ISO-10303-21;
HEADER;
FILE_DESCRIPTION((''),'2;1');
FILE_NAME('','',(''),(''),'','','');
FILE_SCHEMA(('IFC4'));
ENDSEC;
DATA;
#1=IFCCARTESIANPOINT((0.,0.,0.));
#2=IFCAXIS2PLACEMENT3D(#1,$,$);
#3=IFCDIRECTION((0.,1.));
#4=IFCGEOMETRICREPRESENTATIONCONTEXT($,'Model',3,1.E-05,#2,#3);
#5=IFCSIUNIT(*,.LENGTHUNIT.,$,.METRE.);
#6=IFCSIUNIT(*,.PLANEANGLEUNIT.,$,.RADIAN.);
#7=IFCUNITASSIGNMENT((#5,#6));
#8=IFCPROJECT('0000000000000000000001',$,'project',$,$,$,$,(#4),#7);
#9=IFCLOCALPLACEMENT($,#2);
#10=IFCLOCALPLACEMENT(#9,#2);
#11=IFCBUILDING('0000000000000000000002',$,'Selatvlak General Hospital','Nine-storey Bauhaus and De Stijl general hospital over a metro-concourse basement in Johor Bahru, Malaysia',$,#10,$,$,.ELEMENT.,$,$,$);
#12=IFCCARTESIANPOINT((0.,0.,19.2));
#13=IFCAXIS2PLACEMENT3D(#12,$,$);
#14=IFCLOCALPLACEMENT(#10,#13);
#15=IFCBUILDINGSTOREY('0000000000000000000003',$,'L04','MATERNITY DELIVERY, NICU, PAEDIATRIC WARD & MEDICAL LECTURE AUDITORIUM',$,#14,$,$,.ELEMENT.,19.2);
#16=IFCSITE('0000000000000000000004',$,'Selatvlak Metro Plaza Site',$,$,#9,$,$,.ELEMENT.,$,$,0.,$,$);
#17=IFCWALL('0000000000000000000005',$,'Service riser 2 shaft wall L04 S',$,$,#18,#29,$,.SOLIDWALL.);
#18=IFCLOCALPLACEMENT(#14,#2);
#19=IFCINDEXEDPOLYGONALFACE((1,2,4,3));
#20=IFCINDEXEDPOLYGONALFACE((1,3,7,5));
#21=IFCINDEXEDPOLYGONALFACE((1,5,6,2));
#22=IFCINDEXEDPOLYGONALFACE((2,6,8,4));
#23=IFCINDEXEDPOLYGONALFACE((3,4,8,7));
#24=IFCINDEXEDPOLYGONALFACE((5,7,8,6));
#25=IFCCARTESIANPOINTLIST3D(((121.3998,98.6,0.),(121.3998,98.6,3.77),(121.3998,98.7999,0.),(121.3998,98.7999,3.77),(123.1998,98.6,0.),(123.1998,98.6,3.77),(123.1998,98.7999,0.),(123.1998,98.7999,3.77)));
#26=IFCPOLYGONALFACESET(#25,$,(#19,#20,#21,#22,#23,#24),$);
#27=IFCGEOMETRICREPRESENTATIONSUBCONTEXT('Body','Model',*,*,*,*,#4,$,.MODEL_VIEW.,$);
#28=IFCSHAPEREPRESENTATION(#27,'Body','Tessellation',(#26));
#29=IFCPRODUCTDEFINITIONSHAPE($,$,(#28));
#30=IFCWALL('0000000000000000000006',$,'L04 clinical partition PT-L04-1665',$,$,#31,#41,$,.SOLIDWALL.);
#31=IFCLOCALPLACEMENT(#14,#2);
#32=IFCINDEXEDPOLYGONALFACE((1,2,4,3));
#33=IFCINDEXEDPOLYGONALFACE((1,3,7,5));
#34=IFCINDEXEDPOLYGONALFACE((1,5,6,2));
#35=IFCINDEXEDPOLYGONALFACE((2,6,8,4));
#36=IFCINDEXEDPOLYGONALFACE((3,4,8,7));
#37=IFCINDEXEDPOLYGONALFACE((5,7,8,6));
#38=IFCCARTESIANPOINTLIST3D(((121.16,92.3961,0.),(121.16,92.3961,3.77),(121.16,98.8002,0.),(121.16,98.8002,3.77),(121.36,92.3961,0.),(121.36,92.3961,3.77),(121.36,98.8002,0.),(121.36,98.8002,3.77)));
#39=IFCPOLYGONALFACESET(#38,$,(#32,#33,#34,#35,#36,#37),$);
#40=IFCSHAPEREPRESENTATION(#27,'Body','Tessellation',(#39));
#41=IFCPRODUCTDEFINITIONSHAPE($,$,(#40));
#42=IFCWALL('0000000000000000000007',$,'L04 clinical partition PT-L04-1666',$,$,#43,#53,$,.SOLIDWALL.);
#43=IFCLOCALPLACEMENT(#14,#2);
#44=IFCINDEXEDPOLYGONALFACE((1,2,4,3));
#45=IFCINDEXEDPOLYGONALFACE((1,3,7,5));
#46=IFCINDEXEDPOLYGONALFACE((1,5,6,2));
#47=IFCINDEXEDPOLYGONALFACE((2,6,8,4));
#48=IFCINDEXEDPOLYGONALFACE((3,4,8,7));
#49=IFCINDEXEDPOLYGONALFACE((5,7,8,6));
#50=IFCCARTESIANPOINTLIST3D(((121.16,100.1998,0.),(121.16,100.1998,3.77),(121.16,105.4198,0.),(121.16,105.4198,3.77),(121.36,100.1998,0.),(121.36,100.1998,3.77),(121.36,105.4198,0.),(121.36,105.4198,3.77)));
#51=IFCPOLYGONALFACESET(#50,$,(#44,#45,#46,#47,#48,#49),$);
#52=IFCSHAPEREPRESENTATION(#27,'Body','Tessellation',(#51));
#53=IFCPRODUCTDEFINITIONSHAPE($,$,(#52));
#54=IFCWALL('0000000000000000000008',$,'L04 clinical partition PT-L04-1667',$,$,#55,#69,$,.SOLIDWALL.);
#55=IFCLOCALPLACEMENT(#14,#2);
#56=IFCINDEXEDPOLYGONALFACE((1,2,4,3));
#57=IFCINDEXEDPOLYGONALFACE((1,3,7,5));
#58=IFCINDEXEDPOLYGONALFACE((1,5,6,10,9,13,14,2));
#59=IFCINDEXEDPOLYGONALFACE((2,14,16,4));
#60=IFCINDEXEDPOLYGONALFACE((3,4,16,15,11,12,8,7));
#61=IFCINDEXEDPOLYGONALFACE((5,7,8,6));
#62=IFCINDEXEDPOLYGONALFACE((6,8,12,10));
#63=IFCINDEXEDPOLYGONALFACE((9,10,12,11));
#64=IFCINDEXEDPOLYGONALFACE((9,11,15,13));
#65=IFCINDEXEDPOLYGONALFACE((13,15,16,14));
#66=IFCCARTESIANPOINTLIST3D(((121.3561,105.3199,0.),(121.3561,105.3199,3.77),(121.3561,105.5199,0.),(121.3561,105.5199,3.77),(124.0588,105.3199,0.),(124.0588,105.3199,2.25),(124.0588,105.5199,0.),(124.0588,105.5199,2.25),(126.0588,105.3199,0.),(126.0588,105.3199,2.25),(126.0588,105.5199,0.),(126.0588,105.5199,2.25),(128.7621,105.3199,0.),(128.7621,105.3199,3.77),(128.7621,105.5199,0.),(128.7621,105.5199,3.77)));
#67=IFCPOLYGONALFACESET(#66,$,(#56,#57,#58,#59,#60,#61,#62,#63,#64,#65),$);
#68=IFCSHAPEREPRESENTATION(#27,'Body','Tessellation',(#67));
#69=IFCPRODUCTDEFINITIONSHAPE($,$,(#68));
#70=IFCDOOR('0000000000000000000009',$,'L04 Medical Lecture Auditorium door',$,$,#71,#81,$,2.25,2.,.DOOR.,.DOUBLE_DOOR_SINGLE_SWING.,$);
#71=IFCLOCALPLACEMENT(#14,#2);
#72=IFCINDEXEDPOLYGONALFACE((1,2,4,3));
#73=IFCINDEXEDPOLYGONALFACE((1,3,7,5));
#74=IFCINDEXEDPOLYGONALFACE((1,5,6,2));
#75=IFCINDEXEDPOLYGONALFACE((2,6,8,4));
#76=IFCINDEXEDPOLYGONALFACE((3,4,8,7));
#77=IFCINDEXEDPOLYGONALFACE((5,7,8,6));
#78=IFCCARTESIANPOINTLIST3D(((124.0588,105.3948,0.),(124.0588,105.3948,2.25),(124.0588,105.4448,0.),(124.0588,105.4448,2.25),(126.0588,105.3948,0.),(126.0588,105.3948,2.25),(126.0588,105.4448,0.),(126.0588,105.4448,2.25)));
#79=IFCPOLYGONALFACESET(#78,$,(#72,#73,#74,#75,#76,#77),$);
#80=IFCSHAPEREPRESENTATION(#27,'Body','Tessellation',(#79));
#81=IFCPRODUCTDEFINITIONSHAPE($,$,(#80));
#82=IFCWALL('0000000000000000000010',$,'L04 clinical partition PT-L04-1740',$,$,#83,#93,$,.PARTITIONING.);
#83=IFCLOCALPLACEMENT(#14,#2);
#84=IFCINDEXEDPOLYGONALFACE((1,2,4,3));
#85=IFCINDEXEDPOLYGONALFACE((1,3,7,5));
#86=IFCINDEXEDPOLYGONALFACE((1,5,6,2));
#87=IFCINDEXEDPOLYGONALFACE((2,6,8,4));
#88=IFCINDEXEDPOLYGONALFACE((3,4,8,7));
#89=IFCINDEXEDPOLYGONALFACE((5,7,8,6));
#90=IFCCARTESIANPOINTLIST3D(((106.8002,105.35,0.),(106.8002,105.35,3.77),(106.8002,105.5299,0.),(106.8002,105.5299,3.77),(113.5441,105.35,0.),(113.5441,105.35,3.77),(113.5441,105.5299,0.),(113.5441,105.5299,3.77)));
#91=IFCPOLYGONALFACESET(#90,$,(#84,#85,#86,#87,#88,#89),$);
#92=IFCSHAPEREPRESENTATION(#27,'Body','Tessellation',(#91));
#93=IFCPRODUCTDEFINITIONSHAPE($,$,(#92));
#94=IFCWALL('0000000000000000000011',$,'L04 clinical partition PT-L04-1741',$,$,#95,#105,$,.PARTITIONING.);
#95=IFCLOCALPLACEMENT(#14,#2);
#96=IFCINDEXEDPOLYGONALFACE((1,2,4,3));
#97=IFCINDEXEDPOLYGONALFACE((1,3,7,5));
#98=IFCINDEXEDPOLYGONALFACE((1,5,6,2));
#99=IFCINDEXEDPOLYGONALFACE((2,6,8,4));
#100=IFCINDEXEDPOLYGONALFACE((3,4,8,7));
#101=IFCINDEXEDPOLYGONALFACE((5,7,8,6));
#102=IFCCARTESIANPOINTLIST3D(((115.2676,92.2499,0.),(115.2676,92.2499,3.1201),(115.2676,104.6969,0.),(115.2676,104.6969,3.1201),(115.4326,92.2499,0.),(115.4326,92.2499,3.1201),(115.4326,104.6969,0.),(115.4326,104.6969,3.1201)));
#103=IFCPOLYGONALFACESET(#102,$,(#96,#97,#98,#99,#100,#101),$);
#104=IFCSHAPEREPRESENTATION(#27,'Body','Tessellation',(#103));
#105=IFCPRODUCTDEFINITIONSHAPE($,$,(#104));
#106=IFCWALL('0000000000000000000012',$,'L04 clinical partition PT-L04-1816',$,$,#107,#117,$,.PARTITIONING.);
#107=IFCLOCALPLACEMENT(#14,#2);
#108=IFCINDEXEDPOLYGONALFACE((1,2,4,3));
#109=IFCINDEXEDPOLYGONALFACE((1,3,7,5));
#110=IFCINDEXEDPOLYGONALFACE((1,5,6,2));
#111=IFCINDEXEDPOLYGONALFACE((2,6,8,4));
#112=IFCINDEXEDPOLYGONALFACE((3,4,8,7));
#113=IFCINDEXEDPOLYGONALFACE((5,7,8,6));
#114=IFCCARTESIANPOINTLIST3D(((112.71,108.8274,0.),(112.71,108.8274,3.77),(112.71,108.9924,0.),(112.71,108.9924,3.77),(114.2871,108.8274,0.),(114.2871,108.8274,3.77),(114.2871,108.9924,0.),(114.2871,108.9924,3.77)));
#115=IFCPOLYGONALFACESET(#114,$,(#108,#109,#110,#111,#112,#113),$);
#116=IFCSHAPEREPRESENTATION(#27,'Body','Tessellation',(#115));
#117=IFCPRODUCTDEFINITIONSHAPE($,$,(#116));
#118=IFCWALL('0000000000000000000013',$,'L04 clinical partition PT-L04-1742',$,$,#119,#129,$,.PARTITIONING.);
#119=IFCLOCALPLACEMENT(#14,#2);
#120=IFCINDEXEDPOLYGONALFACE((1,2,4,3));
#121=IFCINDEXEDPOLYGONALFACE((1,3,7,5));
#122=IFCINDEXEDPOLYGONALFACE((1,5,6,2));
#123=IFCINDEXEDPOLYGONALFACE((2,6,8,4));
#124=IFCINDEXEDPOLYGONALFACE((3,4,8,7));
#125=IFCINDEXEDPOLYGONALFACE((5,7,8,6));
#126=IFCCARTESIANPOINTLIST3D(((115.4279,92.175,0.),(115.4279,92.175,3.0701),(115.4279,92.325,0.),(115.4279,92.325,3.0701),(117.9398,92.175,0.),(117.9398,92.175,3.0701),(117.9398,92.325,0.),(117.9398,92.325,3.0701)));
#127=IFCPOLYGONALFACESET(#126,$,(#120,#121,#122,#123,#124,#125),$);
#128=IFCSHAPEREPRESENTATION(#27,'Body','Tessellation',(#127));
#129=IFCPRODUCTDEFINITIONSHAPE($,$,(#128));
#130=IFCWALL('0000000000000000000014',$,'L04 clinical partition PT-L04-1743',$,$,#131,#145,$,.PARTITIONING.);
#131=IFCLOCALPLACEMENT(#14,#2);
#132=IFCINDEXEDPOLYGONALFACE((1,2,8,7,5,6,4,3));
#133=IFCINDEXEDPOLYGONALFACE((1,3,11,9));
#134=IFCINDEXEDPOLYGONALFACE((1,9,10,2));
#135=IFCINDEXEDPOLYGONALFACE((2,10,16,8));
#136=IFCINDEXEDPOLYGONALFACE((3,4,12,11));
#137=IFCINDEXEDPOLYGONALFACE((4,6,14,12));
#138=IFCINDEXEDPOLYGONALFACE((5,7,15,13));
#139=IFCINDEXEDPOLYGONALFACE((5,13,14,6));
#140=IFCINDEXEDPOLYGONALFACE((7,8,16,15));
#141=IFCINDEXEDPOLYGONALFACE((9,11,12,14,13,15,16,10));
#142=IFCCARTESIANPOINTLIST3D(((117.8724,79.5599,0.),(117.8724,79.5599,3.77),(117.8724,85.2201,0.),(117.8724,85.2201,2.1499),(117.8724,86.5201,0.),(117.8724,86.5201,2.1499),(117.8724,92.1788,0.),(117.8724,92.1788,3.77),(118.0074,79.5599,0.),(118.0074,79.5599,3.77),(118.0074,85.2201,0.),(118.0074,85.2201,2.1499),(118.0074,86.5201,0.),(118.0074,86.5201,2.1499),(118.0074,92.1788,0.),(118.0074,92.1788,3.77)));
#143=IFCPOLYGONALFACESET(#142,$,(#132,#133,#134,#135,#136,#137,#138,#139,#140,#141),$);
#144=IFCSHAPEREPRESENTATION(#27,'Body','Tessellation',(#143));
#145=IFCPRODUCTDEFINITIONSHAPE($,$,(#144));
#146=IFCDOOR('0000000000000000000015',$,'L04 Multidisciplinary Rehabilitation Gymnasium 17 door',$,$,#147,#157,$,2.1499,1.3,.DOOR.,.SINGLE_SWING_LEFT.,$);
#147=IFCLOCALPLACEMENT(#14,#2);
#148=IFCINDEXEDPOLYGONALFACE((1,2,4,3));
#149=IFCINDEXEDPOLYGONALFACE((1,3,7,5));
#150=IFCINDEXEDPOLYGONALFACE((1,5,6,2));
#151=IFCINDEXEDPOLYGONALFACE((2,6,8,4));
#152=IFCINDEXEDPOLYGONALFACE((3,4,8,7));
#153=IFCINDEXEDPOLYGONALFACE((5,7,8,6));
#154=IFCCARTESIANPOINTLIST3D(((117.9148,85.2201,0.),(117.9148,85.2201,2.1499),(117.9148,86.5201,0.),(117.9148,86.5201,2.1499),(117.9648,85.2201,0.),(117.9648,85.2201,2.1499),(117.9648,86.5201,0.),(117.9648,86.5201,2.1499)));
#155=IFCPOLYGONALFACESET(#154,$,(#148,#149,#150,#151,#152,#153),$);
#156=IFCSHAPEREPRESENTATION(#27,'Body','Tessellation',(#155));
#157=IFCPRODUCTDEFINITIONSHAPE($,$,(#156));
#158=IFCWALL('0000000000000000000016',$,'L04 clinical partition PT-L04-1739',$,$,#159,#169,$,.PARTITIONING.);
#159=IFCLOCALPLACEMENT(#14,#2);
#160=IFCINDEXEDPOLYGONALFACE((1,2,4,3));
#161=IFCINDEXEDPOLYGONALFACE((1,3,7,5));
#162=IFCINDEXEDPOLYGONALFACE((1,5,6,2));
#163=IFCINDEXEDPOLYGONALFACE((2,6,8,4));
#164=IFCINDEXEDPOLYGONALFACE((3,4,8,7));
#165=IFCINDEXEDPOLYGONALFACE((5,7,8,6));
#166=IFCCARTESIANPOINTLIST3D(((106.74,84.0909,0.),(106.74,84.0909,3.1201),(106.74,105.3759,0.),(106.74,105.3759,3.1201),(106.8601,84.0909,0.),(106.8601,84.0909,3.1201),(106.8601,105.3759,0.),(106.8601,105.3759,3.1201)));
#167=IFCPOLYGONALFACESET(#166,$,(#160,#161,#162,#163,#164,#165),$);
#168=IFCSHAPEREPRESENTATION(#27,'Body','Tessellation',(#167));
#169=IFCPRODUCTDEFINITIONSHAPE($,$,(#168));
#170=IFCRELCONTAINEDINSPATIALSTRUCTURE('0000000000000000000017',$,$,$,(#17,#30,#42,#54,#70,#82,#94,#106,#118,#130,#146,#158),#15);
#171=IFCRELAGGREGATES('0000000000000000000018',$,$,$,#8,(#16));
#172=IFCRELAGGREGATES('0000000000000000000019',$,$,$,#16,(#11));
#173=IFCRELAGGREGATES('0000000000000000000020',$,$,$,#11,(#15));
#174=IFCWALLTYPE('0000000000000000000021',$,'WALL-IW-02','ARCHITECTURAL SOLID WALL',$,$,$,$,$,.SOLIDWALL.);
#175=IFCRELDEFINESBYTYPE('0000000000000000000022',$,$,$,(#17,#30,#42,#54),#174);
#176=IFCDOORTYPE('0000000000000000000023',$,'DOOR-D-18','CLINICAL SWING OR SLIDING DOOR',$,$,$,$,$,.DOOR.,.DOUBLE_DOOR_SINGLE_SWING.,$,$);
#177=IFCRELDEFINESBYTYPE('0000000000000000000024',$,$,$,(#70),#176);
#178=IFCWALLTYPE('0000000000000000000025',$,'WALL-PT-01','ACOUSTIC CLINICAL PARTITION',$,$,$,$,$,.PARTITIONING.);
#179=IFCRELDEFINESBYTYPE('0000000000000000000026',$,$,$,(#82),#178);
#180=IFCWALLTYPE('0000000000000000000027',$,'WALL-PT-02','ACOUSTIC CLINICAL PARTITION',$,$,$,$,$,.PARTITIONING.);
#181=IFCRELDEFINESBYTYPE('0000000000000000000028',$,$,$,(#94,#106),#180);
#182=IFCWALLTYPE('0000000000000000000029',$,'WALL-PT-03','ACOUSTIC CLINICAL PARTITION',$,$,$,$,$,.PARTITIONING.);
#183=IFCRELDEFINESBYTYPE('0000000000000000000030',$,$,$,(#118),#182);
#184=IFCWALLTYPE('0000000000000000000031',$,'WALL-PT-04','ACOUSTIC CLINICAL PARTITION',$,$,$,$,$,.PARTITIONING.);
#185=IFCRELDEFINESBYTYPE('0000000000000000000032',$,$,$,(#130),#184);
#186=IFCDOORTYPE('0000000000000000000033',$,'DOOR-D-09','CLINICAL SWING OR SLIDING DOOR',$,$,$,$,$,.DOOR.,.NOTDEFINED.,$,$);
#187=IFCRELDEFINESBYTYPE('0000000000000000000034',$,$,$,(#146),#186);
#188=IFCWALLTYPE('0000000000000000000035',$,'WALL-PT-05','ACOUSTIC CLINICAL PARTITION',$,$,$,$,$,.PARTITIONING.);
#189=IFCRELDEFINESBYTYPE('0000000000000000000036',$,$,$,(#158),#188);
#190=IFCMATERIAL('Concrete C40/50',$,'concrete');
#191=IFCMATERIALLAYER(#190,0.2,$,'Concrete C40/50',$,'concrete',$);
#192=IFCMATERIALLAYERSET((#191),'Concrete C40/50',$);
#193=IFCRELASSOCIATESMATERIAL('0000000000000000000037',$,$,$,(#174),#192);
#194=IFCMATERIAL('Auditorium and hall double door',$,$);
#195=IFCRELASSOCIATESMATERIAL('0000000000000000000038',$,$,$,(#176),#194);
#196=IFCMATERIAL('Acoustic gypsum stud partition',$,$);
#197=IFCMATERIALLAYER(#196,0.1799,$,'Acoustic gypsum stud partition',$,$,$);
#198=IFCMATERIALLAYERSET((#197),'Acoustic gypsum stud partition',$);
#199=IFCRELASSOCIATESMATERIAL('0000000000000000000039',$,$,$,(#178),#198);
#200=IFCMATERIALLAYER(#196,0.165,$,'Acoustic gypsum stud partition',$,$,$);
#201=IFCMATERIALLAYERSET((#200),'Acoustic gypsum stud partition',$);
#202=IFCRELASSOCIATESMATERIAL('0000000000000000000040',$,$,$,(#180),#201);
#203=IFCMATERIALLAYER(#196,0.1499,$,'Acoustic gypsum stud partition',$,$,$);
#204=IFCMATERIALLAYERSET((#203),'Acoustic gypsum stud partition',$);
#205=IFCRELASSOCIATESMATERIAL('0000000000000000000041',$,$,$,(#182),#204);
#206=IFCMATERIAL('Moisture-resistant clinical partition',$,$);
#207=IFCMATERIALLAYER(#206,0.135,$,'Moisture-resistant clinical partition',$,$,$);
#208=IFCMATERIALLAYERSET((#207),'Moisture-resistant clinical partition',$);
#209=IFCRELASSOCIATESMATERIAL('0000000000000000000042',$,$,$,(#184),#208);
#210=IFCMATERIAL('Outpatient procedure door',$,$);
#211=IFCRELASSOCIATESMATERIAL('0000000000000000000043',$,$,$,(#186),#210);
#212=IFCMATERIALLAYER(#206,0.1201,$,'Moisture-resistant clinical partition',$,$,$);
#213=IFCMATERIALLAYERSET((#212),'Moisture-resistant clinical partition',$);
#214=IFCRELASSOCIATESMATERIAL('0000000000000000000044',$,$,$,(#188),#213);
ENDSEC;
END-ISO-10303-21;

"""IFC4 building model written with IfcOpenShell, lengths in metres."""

from ifc_helpers import new_model, si_unit, direction, frame, frame_2d, origin, place, context, subcontext, project, spatial, rectangle, extrude, material, layer, layer_set, type_object, element, fill, save


model = new_model("IFC4")

# Units and contexts
model_context = context("Model", 3, precision=1e-05, world=origin(), true_north=direction((0.0, 1.0)))
body_context = subcontext(model_context, "Body", "Model", "MODEL_VIEW")
ifc_project = project(units=[si_unit("LENGTHUNIT", "METRE"), si_unit("PLANEANGLEUNIT", "RADIAN")], contexts=[model_context])

# Site, building, storey
site_placement = place(None, origin())
site = spatial("IfcSite", under=ifc_project, at=site_placement, Name="Selatvlak Metro Plaza Site", CompositionType="ELEMENT", RefElevation=0.0)
building_placement = place(site_placement, origin())
building = spatial("IfcBuilding", under=site, at=building_placement, Name="Selatvlak General Hospital", Description="Nine-storey Bauhaus and De Stijl general hospital over a metro-concourse basement in Johor Bahru, Malaysia", CompositionType="ELEMENT")
storey_placement = place(building_placement, frame((0.0, 0.0, 19.2)))
storey = spatial("IfcBuildingStorey", under=building, at=storey_placement, Name="L04", Description="MATERNITY DELIVERY, NICU, PAEDIATRIC WARD & MEDICAL LECTURE AUDITORIUM", CompositionType="ELEMENT", Elevation=19.2)

# Shared definitions
ifc_material_1 = material(Name="Concrete C40/50", Category="concrete")

# Walls
ifc_layer_1 = layer(ifc_material_1, 0.2, Name="Concrete C40/50", Category="concrete")
ifc_layer_set_1 = layer_set([ifc_layer_1], Name="Concrete C40/50")
wall_type_1 = type_object("IfcWallType", Name="WALL-IW-02", Description="ARCHITECTURAL SOLID WALL", PredefinedType="SOLIDWALL", material=ifc_layer_set_1)
wall_1_placement = place(storey_placement, frame((121.3999, 98.7, 0.0), z_axis=(0.0, 0.0, 1.0), x_axis=(1.0, 0.0, 0.0)))
element("IfcWall", 1, at=wall_1_placement, inside=storey, type_object=wall_type_1, Name="Service riser 2 shaft wall L04 S", PredefinedType="SOLIDWALL", context=body_context, shape_type="SweptSolid", body=[
    extrude(rectangle(XDim=1.8, YDim=0.2, at=frame_2d((0.8999, 0.0))), origin(), (0.0, 0.0, 1.0), 3.77),
])
wall_2_placement = place(storey_placement, frame((121.26, 92.396, 0.0), z_axis=(0.0, 0.0, 1.0), x_axis=(0.0, 1.0, 0.0)))
element("IfcWall", 2, at=wall_2_placement, inside=storey, type_object=wall_type_1, Name="L04 clinical partition PT-L04-1665", PredefinedType="SOLIDWALL", context=body_context, shape_type="SweptSolid", body=[
    extrude(rectangle(XDim=6.4041, YDim=0.2, at=frame_2d((3.2021, 0.0))), origin(), (0.0, 0.0, 1.0), 3.77),
])
wall_3_placement = place(storey_placement, frame((121.26, 100.2, 0.0), z_axis=(0.0, 0.0, 1.0), x_axis=(0.0, 1.0, 0.0)))
element("IfcWall", 3, at=wall_3_placement, inside=storey, type_object=wall_type_1, Name="L04 clinical partition PT-L04-1666", PredefinedType="SOLIDWALL", context=body_context, shape_type="SweptSolid", body=[
    extrude(rectangle(XDim=5.22, YDim=0.2, at=frame_2d((2.6099, 0.0))), origin(), (0.0, 0.0, 1.0), 3.77),
])

# Wall, opening, door
wall_4_placement = place(storey_placement, frame((121.356, 105.4199, 0.0), z_axis=(0.0, 0.0, 1.0), x_axis=(1.0, 0.0, 0.0)))
wall_4 = element("IfcWall", 4, at=wall_4_placement, inside=storey, type_object=wall_type_1, Name="L04 clinical partition PT-L04-1667", PredefinedType="SOLIDWALL", context=body_context, shape_type="SweptSolid", body=[
    extrude(rectangle(XDim=7.406, YDim=0.2, at=frame_2d((3.7031, 0.0))), origin(), (0.0, 0.0, 1.0), 3.77),
])
opening_1_placement = place(wall_4_placement, frame((2.7029, 0.0, 0.0)))
opening_1 = element("IfcOpeningElement", 5, at=opening_1_placement, cuts=wall_4, PredefinedType="OPENING", context=body_context, shape_type="SweptSolid", body=[
    extrude(rectangle(XDim=2.0, YDim=2.25, at=frame_2d((1.0, 1.125))), frame((0.0, 0.1099, 0.0), z_axis=(0.0, -1.0, 0.0), x_axis=(1.0, 0.0, 0.0)), (0.0, 0.0, 1.0), 0.22),
])
ifc_material_2 = material(Name="Auditorium and hall double door")
door_type_1 = type_object("IfcDoorType", Name="DOOR-D-18", Description="CLINICAL SWING OR SLIDING DOOR", OperationType="DOUBLE_DOOR_SINGLE_SWING", PredefinedType="DOOR", material=ifc_material_2)
door_1_placement = place(opening_1_placement, origin())
door_1 = element("IfcDoor", 6, at=door_1_placement, inside=storey, type_object=door_type_1, Name="L04 Medical Lecture Auditorium door", OperationType="DOUBLE_DOOR_SINGLE_SWING", OverallHeight=2.25, OverallWidth=2.0, PredefinedType="DOOR", context=body_context, shape_type="SweptSolid", body=[
    extrude(rectangle(XDim=2.0, YDim=2.25, at=frame_2d((1.0, 1.125))), frame((0.0, 0.0249, 0.0), z_axis=(0.0, -1.0, 0.0), x_axis=(1.0, 0.0, 0.0)), (0.0, 0.0, 1.0), 0.05),
])
fill(opening_1, door_1)

# Walls
ifc_material_3 = material(Name="Acoustic gypsum stud partition")
ifc_layer_2 = layer(ifc_material_3, 0.1799, Name="Acoustic gypsum stud partition")
ifc_layer_set_2 = layer_set([ifc_layer_2], Name="Acoustic gypsum stud partition")
wall_type_2 = type_object("IfcWallType", Name="WALL-PT-01", Description="ACOUSTIC CLINICAL PARTITION", PredefinedType="PARTITIONING", material=ifc_layer_set_2)
wall_5_placement = place(storey_placement, frame((106.8, 105.4399, 0.0), z_axis=(0.0, 0.0, 1.0), x_axis=(1.0, 0.0, 0.0)))
element("IfcWall", 7, at=wall_5_placement, inside=storey, type_object=wall_type_2, Name="L04 clinical partition PT-L04-1740", PredefinedType="PARTITIONING", context=body_context, shape_type="SweptSolid", body=[
    extrude(rectangle(XDim=6.7439, YDim=0.1799, at=frame_2d((3.3721, 0.0))), origin(), (0.0, 0.0, 1.0), 3.77),
])
ifc_layer_3 = layer(ifc_material_3, 0.165, Name="Acoustic gypsum stud partition")
ifc_layer_set_3 = layer_set([ifc_layer_3], Name="Acoustic gypsum stud partition")
wall_type_3 = type_object("IfcWallType", Name="WALL-PT-02", Description="ACOUSTIC CLINICAL PARTITION", PredefinedType="PARTITIONING", material=ifc_layer_set_3)
wall_6_placement = place(storey_placement, frame((115.3501, 104.697, 0.0), z_axis=(0.0, 0.0, 1.0), x_axis=(0.0, -1.0, 0.0)))
element("IfcWall", 8, at=wall_6_placement, inside=storey, type_object=wall_type_3, Name="L04 clinical partition PT-L04-1741", PredefinedType="PARTITIONING", context=body_context, shape_type="SweptSolid", body=[
    extrude(rectangle(XDim=12.447, YDim=0.165, at=frame_2d((6.2236, 0.0))), origin(), (0.0, 0.0, 1.0), 3.1201),
])
wall_7_placement = place(storey_placement, frame((114.2871, 108.9099, 0.0), z_axis=(0.0, 0.0, 1.0), x_axis=(-1.0, 0.0, 0.0)))
element("IfcWall", 9, at=wall_7_placement, inside=storey, type_object=wall_type_3, Name="L04 clinical partition PT-L04-1816", PredefinedType="PARTITIONING", context=body_context, shape_type="SweptSolid", body=[
    extrude(rectangle(XDim=1.5771, YDim=0.165, at=frame_2d((0.7886, 0.0))), origin(), (0.0, 0.0, 1.0), 3.77),
])
ifc_layer_4 = layer(ifc_material_3, 0.1499, Name="Acoustic gypsum stud partition")
ifc_layer_set_4 = layer_set([ifc_layer_4], Name="Acoustic gypsum stud partition")
wall_type_4 = type_object("IfcWallType", Name="WALL-PT-03", Description="ACOUSTIC CLINICAL PARTITION", PredefinedType="PARTITIONING", material=ifc_layer_set_4)
wall_8_placement = place(storey_placement, frame((115.428, 92.25, 0.0), z_axis=(0.0, 0.0, 1.0), x_axis=(1.0, 0.0, 0.0)))
element("IfcWall", 10, at=wall_8_placement, inside=storey, type_object=wall_type_4, Name="L04 clinical partition PT-L04-1742", PredefinedType="PARTITIONING", context=body_context, shape_type="SweptSolid", body=[
    extrude(rectangle(XDim=2.512, YDim=0.1499, at=frame_2d((1.2559, 0.0))), origin(), (0.0, 0.0, 1.0), 3.0701),
])

# Wall, opening, door
ifc_material_4 = material(Name="Moisture-resistant clinical partition")
ifc_layer_5 = layer(ifc_material_4, 0.135, Name="Moisture-resistant clinical partition")
ifc_layer_set_5 = layer_set([ifc_layer_5], Name="Moisture-resistant clinical partition")
wall_type_5 = type_object("IfcWallType", Name="WALL-PT-04", Description="ACOUSTIC CLINICAL PARTITION", PredefinedType="PARTITIONING", material=ifc_layer_set_5)
wall_9_placement = place(storey_placement, frame((117.9399, 92.179, 0.0), z_axis=(0.0, 0.0, 1.0), x_axis=(0.0, -1.0, 0.0)))
wall_9 = element("IfcWall", 11, at=wall_9_placement, inside=storey, type_object=wall_type_5, Name="L04 clinical partition PT-L04-1743", PredefinedType="PARTITIONING", context=body_context, shape_type="SweptSolid", body=[
    extrude(rectangle(XDim=12.6189, YDim=0.135, at=frame_2d((6.3096, 0.0))), origin(), (0.0, 0.0, 1.0), 3.77),
])
opening_2_placement = place(wall_9_placement, frame((5.6589, 0.0, 0.0)))
opening_2 = element("IfcOpeningElement", 12, at=opening_2_placement, cuts=wall_9, PredefinedType="OPENING", context=body_context, shape_type="SweptSolid", body=[
    extrude(rectangle(XDim=1.3, YDim=2.1499, at=frame_2d((0.6499, 1.075))), frame((0.0, 0.0774, 0.0), z_axis=(0.0, -1.0, 0.0), x_axis=(1.0, 0.0, 0.0)), (0.0, 0.0, 1.0), 0.155),
])
ifc_material_5 = material(Name="Outpatient procedure door")
door_type_2 = type_object("IfcDoorType", Name="DOOR-D-09", Description="CLINICAL SWING OR SLIDING DOOR", OperationType="NOTDEFINED", PredefinedType="DOOR", material=ifc_material_5)
door_2_placement = place(opening_2_placement, origin())
door_2 = element("IfcDoor", 13, at=door_2_placement, inside=storey, type_object=door_type_2, Name="L04 Multidisciplinary Rehabilitation Gymnasium 17 door", OperationType="SINGLE_SWING_LEFT", OverallHeight=2.1499, OverallWidth=1.3, PredefinedType="DOOR", context=body_context, shape_type="SweptSolid", body=[
    extrude(rectangle(XDim=1.3, YDim=2.1499, at=frame_2d((0.6499, 1.075))), frame((0.0, 0.0249, 0.0), z_axis=(0.0, -1.0, 0.0), x_axis=(1.0, 0.0, 0.0)), (0.0, 0.0, 1.0), 0.05),
])
fill(opening_2, door_2)

# Wall
ifc_layer_6 = layer(ifc_material_4, 0.1201, Name="Moisture-resistant clinical partition")
ifc_layer_set_6 = layer_set([ifc_layer_6], Name="Moisture-resistant clinical partition")
wall_type_6 = type_object("IfcWallType", Name="WALL-PT-05", Description="ACOUSTIC CLINICAL PARTITION", PredefinedType="PARTITIONING", material=ifc_layer_set_6)
wall_10_placement = place(storey_placement, frame((106.8, 105.376, 0.0), z_axis=(0.0, 0.0, 1.0), x_axis=(0.0, -1.0, 0.0)))
element("IfcWall", 14, at=wall_10_placement, inside=storey, type_object=wall_type_6, Name="L04 clinical partition PT-L04-1739", PredefinedType="PARTITIONING", context=body_context, shape_type="SweptSolid", body=[
    extrude(rectangle(XDim=21.2849, YDim=0.1201, at=frame_2d((10.6426, 0.0))), origin(), (0.0, 0.0, 1.0), 3.1201),
])

save(model, "model.ifc")
